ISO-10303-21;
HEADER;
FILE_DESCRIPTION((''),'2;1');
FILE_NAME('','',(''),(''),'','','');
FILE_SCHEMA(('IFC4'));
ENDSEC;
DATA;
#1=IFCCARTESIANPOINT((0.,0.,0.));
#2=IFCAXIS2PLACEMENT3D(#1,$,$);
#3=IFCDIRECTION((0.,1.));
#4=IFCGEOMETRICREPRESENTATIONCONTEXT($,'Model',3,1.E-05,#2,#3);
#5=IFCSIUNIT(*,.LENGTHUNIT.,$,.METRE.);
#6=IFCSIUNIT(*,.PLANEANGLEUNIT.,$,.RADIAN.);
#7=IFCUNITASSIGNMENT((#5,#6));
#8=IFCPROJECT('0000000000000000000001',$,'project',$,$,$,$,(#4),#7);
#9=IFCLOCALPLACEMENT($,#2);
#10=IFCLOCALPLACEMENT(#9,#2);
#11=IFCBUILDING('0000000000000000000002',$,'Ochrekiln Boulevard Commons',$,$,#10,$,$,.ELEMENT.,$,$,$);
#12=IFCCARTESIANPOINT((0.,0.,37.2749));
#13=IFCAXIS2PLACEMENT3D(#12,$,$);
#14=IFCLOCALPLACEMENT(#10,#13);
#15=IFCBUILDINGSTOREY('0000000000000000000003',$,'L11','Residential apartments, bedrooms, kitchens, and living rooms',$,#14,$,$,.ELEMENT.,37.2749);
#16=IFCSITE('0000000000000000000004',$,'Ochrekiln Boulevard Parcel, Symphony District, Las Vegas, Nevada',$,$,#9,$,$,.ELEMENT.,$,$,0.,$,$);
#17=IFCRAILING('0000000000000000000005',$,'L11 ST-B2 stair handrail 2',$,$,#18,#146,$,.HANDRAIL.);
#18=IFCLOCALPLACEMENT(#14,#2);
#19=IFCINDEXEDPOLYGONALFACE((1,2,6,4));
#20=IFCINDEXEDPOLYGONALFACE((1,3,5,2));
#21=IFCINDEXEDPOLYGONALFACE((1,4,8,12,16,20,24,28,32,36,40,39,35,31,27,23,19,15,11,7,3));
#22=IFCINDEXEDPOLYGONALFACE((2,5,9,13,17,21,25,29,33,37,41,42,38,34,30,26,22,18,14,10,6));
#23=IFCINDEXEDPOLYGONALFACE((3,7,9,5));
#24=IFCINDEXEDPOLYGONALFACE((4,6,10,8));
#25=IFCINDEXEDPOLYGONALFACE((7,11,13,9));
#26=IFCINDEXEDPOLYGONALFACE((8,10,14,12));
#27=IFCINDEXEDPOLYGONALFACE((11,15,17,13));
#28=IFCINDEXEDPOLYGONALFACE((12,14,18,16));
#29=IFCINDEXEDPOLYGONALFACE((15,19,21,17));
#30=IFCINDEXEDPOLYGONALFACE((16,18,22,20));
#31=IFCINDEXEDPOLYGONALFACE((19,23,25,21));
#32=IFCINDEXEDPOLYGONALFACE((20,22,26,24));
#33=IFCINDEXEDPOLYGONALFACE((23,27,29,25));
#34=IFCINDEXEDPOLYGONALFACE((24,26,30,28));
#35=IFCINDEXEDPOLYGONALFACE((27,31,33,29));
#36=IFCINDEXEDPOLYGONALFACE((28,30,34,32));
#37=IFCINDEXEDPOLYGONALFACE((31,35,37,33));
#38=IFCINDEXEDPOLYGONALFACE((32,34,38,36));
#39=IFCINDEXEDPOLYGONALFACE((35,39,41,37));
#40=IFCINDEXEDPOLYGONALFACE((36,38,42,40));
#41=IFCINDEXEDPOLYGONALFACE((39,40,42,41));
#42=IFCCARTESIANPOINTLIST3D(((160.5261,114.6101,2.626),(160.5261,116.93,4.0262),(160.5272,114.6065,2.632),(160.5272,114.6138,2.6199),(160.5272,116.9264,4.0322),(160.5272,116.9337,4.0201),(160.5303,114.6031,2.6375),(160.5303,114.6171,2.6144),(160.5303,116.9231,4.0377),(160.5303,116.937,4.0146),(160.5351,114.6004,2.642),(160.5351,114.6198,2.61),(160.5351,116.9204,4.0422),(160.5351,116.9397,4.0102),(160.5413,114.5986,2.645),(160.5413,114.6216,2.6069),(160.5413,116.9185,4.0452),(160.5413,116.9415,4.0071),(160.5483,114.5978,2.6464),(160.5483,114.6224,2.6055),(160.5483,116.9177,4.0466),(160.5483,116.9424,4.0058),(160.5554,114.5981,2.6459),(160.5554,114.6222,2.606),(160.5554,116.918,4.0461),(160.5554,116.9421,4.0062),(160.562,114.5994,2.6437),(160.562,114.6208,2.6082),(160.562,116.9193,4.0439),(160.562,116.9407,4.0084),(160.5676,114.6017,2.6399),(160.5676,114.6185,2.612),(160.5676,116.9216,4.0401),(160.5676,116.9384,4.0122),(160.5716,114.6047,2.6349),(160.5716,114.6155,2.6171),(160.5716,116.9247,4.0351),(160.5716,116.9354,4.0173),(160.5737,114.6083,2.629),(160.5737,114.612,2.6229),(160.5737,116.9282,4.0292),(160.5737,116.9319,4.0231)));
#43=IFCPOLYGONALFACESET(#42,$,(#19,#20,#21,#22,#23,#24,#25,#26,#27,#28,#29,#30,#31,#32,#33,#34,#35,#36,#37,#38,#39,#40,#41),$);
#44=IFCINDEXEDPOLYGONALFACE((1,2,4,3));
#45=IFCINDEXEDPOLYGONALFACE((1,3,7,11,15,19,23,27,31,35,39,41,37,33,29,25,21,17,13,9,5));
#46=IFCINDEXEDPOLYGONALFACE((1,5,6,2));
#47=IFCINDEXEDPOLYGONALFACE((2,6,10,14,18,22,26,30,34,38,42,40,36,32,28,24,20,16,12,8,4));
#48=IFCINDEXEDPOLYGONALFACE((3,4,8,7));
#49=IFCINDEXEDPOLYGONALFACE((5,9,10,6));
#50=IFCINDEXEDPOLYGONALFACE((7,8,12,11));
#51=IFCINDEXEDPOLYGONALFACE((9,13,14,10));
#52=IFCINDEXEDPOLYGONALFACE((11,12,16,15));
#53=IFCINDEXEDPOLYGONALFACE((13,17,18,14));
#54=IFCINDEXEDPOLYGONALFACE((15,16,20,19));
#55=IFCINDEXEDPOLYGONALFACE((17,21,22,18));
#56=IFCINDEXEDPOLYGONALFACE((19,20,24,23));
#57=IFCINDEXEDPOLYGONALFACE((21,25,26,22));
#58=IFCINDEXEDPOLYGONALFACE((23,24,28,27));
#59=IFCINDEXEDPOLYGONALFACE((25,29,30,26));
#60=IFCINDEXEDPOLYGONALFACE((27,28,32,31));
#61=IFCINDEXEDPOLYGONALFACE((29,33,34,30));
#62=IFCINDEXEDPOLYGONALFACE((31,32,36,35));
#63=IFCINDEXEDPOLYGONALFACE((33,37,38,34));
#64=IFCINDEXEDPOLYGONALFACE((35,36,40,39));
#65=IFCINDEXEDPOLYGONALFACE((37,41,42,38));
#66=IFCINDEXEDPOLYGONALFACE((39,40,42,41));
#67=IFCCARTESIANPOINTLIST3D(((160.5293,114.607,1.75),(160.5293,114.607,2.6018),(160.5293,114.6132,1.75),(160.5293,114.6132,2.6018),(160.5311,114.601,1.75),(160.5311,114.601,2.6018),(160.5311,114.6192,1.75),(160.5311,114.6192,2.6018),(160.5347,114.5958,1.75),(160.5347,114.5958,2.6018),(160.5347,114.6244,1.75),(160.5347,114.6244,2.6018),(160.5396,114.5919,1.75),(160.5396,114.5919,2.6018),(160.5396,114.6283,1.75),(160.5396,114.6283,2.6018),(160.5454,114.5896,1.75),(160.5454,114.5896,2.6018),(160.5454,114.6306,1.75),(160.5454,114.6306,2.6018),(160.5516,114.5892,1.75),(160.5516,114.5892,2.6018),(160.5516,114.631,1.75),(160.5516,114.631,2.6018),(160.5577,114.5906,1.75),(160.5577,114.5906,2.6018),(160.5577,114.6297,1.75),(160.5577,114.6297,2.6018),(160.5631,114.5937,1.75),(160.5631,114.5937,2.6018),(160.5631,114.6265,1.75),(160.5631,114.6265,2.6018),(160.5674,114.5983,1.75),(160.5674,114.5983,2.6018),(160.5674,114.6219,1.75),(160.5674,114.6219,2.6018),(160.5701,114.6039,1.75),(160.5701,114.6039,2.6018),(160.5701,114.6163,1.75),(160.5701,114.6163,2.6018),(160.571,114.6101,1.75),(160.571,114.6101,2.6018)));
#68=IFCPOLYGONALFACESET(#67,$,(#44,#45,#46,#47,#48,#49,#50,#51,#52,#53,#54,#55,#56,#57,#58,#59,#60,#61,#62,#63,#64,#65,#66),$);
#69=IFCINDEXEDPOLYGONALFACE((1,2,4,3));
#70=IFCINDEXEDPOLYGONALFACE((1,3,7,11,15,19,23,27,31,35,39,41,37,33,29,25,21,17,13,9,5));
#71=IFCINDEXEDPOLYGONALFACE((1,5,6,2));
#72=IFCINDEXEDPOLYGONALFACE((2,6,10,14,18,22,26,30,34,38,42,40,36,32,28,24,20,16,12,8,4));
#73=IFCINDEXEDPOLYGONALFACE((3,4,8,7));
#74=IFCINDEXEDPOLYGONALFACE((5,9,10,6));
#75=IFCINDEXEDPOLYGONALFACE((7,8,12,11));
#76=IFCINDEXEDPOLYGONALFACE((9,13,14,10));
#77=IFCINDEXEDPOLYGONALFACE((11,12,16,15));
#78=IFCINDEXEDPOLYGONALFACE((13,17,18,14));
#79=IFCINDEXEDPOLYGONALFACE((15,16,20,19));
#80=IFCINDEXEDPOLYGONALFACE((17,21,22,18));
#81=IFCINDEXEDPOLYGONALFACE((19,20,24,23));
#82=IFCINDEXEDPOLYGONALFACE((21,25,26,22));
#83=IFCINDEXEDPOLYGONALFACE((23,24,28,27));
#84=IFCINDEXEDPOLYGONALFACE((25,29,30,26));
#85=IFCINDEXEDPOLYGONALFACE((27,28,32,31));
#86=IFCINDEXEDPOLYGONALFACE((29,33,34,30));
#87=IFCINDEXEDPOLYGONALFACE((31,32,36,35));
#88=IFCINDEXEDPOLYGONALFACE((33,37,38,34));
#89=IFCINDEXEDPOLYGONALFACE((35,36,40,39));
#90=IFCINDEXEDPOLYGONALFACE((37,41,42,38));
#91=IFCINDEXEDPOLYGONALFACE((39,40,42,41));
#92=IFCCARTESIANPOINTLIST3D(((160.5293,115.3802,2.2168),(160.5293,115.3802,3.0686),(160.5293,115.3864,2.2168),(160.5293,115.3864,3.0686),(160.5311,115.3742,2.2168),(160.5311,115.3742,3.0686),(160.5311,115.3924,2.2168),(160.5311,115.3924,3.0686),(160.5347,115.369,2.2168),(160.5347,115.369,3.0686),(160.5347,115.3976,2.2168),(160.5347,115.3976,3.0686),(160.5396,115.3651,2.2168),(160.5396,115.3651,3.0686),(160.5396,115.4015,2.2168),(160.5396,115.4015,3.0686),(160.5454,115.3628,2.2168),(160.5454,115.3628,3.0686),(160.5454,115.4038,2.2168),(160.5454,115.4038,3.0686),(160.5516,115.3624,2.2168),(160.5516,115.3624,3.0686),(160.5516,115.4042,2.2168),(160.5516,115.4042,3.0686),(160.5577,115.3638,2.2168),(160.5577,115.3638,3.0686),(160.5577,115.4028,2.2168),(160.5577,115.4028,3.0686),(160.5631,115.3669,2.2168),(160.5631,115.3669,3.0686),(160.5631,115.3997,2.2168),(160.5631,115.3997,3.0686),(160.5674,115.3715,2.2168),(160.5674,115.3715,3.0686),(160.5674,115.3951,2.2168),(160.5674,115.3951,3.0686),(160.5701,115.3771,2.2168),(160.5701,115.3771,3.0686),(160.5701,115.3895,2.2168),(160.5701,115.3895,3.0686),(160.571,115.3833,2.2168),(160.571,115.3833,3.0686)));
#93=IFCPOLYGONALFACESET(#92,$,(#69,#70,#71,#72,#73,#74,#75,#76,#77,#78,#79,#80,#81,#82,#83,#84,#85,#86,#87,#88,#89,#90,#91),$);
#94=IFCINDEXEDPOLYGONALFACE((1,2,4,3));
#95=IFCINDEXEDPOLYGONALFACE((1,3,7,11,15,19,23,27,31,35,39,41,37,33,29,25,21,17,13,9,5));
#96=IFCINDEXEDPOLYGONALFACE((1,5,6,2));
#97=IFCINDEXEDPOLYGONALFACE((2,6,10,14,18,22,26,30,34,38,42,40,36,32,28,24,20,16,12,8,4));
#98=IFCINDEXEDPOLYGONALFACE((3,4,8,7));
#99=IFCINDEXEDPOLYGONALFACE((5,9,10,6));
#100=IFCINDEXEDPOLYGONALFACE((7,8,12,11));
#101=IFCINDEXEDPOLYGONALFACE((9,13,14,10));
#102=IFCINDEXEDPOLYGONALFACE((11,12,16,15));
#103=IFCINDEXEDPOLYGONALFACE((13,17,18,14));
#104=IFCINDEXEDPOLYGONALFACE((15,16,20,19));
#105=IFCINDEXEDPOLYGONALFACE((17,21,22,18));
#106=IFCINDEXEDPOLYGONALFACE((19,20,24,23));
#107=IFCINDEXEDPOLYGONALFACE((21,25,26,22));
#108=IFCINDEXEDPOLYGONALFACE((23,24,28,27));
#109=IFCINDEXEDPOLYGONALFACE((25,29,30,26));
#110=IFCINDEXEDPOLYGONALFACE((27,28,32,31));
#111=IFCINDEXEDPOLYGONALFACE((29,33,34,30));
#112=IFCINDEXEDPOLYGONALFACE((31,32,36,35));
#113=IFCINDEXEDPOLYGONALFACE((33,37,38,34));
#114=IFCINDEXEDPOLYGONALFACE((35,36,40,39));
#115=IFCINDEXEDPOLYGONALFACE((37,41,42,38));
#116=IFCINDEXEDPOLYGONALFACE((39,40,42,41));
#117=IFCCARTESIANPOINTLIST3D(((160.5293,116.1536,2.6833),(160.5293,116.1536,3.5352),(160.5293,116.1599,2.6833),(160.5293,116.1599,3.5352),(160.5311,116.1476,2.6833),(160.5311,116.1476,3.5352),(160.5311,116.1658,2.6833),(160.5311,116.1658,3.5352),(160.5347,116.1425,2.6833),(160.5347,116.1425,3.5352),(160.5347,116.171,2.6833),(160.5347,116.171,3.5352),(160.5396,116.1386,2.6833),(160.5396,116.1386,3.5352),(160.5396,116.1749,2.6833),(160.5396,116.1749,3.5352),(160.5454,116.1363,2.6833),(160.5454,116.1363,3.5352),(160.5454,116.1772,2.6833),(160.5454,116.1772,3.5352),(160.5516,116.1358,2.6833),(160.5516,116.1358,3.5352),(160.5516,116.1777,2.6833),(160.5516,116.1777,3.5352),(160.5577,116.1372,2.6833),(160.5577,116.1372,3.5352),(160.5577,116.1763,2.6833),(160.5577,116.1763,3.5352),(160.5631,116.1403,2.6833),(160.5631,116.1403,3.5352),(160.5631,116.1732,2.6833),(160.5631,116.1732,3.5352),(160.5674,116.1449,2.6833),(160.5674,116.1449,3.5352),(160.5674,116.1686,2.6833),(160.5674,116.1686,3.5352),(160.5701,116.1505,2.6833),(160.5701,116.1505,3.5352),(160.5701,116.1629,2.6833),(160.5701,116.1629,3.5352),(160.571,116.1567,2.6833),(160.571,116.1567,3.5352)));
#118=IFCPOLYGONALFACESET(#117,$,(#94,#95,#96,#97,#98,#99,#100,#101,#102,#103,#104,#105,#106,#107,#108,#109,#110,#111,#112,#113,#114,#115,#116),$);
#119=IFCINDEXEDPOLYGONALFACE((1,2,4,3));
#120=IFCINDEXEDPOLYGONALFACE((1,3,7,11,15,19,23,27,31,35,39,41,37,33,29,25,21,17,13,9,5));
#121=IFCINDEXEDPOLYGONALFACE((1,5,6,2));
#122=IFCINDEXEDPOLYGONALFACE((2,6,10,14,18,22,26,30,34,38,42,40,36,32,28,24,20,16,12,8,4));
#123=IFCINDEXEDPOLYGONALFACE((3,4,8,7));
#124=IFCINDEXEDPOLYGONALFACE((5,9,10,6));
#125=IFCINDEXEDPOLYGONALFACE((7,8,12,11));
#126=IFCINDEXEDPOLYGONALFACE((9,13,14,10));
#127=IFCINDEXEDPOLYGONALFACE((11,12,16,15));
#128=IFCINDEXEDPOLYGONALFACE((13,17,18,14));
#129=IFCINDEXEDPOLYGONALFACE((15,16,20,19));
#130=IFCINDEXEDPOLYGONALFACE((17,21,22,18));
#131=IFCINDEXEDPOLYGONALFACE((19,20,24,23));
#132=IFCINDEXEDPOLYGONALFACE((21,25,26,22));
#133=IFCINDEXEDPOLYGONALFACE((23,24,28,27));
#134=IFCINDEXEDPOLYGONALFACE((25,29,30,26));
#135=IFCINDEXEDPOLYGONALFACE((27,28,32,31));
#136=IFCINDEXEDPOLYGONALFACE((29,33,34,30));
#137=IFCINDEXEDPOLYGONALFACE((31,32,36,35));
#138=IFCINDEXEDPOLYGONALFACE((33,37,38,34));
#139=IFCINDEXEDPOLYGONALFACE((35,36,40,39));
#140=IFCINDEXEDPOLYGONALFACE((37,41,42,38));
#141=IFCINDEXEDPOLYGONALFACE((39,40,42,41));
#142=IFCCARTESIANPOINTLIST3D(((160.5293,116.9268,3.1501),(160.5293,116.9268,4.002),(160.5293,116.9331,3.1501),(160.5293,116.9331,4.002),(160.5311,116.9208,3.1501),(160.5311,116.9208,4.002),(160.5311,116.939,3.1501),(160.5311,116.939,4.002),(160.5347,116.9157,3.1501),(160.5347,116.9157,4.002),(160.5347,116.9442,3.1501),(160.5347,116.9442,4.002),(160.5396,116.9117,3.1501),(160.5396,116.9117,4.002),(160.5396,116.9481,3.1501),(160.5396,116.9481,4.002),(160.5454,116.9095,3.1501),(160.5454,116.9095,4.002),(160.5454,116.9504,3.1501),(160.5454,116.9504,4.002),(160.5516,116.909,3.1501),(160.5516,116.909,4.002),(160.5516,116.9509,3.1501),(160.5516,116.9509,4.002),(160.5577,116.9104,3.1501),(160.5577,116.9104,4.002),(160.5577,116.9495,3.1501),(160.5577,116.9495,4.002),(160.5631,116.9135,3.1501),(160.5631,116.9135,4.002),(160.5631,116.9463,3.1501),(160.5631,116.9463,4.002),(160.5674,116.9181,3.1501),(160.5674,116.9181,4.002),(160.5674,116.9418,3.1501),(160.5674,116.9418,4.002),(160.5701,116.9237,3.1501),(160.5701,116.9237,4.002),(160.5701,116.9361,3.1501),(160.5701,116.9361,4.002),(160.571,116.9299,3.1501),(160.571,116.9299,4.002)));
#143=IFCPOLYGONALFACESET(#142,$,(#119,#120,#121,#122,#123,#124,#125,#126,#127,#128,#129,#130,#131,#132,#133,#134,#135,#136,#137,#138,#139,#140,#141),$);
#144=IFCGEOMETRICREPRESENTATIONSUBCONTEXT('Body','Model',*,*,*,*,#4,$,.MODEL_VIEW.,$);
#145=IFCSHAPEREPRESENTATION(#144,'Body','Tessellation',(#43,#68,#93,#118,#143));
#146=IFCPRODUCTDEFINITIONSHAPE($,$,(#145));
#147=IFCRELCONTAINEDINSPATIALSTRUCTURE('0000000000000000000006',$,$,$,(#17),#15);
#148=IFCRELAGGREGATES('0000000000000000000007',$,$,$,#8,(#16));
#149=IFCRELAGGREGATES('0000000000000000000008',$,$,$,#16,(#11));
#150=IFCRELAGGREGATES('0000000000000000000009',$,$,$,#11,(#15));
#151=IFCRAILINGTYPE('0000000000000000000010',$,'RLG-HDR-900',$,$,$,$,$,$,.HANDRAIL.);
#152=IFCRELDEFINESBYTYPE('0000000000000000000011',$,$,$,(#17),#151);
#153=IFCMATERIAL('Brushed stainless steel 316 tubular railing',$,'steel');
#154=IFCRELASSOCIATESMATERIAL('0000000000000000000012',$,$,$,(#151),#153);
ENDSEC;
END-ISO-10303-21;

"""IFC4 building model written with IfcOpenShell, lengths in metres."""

from ifc_helpers import new_model, si_unit, direction, frame, origin, origin_2d, place, context, subcontext, project, spatial, circle, extrude, material, type_object, element, save


model = new_model("IFC4")

# Units and contexts
model_context = context("Model", 3, precision=1e-05, world=origin(), true_north=direction((0.0, 1.0)))
body_context = subcontext(model_context, "Body", "Model", "MODEL_VIEW")
ifc_project = project(units=[si_unit("LENGTHUNIT", "METRE"), si_unit("PLANEANGLEUNIT", "RADIAN")], contexts=[model_context])

# Site, building, storey
site_placement = place(None, origin())
site = spatial("IfcSite", under=ifc_project, at=site_placement, Name="Ochrekiln Boulevard Parcel, Symphony District, Las Vegas, Nevada", CompositionType="ELEMENT", RefElevation=0.0)
building_placement = place(site_placement, origin())
building = spatial("IfcBuilding", under=site, at=building_placement, Name="Ochrekiln Boulevard Commons", CompositionType="ELEMENT")
storey_placement = place(building_placement, frame((0.0, 0.0, 37.2749)))
storey = spatial("IfcBuildingStorey", under=building, at=storey_placement, Name="L11", Description="Residential apartments, bedrooms, kitchens, and living rooms", CompositionType="ELEMENT", Elevation=37.2749)

# Railing
ifc_material_1 = material(Name="Brushed stainless steel 316 tubular railing", Category="steel")
railing_type_1 = type_object("IfcRailingType", Name="RLG-HDR-900", PredefinedType="HANDRAIL", material=ifc_material_1)
railing_1_placement = place(storey_placement, frame((160.55, 114.6101, 1.75)))
element("IfcRailing", 1, at=railing_1_placement, inside=storey, type_object=railing_type_1, Name="L11 ST-B2 stair handrail 2", PredefinedType="HANDRAIL", context=body_context, shape_type="SweptSolid", body=[
    extrude(circle(Radius=0.0239, at=origin_2d()), frame((0.0, 0.0, 0.876), z_axis=(0.0, 0.856146, 0.516733), x_axis=(-1.0, 0.0, 0.0)), (0.0, 0.0, 1.0), 2.7097),
    extrude(circle(Radius=0.021, at=origin_2d()), origin(), (0.0, 0.0, 1.0), 0.8518),
    extrude(circle(Radius=0.021, at=origin_2d()), frame((0.0, 0.7732, 0.4668)), (0.0, 0.0, 1.0), 0.8518),
    extrude(circle(Radius=0.021, at=origin_2d()), frame((0.0, 1.5466, 0.9333)), (0.0, 0.0, 1.0), 0.8518),
    extrude(circle(Radius=0.021, at=origin_2d()), frame((0.0, 2.3198, 1.4001)), (0.0, 0.0, 1.0), 0.8518),
])

save(model, "model.ifc")
